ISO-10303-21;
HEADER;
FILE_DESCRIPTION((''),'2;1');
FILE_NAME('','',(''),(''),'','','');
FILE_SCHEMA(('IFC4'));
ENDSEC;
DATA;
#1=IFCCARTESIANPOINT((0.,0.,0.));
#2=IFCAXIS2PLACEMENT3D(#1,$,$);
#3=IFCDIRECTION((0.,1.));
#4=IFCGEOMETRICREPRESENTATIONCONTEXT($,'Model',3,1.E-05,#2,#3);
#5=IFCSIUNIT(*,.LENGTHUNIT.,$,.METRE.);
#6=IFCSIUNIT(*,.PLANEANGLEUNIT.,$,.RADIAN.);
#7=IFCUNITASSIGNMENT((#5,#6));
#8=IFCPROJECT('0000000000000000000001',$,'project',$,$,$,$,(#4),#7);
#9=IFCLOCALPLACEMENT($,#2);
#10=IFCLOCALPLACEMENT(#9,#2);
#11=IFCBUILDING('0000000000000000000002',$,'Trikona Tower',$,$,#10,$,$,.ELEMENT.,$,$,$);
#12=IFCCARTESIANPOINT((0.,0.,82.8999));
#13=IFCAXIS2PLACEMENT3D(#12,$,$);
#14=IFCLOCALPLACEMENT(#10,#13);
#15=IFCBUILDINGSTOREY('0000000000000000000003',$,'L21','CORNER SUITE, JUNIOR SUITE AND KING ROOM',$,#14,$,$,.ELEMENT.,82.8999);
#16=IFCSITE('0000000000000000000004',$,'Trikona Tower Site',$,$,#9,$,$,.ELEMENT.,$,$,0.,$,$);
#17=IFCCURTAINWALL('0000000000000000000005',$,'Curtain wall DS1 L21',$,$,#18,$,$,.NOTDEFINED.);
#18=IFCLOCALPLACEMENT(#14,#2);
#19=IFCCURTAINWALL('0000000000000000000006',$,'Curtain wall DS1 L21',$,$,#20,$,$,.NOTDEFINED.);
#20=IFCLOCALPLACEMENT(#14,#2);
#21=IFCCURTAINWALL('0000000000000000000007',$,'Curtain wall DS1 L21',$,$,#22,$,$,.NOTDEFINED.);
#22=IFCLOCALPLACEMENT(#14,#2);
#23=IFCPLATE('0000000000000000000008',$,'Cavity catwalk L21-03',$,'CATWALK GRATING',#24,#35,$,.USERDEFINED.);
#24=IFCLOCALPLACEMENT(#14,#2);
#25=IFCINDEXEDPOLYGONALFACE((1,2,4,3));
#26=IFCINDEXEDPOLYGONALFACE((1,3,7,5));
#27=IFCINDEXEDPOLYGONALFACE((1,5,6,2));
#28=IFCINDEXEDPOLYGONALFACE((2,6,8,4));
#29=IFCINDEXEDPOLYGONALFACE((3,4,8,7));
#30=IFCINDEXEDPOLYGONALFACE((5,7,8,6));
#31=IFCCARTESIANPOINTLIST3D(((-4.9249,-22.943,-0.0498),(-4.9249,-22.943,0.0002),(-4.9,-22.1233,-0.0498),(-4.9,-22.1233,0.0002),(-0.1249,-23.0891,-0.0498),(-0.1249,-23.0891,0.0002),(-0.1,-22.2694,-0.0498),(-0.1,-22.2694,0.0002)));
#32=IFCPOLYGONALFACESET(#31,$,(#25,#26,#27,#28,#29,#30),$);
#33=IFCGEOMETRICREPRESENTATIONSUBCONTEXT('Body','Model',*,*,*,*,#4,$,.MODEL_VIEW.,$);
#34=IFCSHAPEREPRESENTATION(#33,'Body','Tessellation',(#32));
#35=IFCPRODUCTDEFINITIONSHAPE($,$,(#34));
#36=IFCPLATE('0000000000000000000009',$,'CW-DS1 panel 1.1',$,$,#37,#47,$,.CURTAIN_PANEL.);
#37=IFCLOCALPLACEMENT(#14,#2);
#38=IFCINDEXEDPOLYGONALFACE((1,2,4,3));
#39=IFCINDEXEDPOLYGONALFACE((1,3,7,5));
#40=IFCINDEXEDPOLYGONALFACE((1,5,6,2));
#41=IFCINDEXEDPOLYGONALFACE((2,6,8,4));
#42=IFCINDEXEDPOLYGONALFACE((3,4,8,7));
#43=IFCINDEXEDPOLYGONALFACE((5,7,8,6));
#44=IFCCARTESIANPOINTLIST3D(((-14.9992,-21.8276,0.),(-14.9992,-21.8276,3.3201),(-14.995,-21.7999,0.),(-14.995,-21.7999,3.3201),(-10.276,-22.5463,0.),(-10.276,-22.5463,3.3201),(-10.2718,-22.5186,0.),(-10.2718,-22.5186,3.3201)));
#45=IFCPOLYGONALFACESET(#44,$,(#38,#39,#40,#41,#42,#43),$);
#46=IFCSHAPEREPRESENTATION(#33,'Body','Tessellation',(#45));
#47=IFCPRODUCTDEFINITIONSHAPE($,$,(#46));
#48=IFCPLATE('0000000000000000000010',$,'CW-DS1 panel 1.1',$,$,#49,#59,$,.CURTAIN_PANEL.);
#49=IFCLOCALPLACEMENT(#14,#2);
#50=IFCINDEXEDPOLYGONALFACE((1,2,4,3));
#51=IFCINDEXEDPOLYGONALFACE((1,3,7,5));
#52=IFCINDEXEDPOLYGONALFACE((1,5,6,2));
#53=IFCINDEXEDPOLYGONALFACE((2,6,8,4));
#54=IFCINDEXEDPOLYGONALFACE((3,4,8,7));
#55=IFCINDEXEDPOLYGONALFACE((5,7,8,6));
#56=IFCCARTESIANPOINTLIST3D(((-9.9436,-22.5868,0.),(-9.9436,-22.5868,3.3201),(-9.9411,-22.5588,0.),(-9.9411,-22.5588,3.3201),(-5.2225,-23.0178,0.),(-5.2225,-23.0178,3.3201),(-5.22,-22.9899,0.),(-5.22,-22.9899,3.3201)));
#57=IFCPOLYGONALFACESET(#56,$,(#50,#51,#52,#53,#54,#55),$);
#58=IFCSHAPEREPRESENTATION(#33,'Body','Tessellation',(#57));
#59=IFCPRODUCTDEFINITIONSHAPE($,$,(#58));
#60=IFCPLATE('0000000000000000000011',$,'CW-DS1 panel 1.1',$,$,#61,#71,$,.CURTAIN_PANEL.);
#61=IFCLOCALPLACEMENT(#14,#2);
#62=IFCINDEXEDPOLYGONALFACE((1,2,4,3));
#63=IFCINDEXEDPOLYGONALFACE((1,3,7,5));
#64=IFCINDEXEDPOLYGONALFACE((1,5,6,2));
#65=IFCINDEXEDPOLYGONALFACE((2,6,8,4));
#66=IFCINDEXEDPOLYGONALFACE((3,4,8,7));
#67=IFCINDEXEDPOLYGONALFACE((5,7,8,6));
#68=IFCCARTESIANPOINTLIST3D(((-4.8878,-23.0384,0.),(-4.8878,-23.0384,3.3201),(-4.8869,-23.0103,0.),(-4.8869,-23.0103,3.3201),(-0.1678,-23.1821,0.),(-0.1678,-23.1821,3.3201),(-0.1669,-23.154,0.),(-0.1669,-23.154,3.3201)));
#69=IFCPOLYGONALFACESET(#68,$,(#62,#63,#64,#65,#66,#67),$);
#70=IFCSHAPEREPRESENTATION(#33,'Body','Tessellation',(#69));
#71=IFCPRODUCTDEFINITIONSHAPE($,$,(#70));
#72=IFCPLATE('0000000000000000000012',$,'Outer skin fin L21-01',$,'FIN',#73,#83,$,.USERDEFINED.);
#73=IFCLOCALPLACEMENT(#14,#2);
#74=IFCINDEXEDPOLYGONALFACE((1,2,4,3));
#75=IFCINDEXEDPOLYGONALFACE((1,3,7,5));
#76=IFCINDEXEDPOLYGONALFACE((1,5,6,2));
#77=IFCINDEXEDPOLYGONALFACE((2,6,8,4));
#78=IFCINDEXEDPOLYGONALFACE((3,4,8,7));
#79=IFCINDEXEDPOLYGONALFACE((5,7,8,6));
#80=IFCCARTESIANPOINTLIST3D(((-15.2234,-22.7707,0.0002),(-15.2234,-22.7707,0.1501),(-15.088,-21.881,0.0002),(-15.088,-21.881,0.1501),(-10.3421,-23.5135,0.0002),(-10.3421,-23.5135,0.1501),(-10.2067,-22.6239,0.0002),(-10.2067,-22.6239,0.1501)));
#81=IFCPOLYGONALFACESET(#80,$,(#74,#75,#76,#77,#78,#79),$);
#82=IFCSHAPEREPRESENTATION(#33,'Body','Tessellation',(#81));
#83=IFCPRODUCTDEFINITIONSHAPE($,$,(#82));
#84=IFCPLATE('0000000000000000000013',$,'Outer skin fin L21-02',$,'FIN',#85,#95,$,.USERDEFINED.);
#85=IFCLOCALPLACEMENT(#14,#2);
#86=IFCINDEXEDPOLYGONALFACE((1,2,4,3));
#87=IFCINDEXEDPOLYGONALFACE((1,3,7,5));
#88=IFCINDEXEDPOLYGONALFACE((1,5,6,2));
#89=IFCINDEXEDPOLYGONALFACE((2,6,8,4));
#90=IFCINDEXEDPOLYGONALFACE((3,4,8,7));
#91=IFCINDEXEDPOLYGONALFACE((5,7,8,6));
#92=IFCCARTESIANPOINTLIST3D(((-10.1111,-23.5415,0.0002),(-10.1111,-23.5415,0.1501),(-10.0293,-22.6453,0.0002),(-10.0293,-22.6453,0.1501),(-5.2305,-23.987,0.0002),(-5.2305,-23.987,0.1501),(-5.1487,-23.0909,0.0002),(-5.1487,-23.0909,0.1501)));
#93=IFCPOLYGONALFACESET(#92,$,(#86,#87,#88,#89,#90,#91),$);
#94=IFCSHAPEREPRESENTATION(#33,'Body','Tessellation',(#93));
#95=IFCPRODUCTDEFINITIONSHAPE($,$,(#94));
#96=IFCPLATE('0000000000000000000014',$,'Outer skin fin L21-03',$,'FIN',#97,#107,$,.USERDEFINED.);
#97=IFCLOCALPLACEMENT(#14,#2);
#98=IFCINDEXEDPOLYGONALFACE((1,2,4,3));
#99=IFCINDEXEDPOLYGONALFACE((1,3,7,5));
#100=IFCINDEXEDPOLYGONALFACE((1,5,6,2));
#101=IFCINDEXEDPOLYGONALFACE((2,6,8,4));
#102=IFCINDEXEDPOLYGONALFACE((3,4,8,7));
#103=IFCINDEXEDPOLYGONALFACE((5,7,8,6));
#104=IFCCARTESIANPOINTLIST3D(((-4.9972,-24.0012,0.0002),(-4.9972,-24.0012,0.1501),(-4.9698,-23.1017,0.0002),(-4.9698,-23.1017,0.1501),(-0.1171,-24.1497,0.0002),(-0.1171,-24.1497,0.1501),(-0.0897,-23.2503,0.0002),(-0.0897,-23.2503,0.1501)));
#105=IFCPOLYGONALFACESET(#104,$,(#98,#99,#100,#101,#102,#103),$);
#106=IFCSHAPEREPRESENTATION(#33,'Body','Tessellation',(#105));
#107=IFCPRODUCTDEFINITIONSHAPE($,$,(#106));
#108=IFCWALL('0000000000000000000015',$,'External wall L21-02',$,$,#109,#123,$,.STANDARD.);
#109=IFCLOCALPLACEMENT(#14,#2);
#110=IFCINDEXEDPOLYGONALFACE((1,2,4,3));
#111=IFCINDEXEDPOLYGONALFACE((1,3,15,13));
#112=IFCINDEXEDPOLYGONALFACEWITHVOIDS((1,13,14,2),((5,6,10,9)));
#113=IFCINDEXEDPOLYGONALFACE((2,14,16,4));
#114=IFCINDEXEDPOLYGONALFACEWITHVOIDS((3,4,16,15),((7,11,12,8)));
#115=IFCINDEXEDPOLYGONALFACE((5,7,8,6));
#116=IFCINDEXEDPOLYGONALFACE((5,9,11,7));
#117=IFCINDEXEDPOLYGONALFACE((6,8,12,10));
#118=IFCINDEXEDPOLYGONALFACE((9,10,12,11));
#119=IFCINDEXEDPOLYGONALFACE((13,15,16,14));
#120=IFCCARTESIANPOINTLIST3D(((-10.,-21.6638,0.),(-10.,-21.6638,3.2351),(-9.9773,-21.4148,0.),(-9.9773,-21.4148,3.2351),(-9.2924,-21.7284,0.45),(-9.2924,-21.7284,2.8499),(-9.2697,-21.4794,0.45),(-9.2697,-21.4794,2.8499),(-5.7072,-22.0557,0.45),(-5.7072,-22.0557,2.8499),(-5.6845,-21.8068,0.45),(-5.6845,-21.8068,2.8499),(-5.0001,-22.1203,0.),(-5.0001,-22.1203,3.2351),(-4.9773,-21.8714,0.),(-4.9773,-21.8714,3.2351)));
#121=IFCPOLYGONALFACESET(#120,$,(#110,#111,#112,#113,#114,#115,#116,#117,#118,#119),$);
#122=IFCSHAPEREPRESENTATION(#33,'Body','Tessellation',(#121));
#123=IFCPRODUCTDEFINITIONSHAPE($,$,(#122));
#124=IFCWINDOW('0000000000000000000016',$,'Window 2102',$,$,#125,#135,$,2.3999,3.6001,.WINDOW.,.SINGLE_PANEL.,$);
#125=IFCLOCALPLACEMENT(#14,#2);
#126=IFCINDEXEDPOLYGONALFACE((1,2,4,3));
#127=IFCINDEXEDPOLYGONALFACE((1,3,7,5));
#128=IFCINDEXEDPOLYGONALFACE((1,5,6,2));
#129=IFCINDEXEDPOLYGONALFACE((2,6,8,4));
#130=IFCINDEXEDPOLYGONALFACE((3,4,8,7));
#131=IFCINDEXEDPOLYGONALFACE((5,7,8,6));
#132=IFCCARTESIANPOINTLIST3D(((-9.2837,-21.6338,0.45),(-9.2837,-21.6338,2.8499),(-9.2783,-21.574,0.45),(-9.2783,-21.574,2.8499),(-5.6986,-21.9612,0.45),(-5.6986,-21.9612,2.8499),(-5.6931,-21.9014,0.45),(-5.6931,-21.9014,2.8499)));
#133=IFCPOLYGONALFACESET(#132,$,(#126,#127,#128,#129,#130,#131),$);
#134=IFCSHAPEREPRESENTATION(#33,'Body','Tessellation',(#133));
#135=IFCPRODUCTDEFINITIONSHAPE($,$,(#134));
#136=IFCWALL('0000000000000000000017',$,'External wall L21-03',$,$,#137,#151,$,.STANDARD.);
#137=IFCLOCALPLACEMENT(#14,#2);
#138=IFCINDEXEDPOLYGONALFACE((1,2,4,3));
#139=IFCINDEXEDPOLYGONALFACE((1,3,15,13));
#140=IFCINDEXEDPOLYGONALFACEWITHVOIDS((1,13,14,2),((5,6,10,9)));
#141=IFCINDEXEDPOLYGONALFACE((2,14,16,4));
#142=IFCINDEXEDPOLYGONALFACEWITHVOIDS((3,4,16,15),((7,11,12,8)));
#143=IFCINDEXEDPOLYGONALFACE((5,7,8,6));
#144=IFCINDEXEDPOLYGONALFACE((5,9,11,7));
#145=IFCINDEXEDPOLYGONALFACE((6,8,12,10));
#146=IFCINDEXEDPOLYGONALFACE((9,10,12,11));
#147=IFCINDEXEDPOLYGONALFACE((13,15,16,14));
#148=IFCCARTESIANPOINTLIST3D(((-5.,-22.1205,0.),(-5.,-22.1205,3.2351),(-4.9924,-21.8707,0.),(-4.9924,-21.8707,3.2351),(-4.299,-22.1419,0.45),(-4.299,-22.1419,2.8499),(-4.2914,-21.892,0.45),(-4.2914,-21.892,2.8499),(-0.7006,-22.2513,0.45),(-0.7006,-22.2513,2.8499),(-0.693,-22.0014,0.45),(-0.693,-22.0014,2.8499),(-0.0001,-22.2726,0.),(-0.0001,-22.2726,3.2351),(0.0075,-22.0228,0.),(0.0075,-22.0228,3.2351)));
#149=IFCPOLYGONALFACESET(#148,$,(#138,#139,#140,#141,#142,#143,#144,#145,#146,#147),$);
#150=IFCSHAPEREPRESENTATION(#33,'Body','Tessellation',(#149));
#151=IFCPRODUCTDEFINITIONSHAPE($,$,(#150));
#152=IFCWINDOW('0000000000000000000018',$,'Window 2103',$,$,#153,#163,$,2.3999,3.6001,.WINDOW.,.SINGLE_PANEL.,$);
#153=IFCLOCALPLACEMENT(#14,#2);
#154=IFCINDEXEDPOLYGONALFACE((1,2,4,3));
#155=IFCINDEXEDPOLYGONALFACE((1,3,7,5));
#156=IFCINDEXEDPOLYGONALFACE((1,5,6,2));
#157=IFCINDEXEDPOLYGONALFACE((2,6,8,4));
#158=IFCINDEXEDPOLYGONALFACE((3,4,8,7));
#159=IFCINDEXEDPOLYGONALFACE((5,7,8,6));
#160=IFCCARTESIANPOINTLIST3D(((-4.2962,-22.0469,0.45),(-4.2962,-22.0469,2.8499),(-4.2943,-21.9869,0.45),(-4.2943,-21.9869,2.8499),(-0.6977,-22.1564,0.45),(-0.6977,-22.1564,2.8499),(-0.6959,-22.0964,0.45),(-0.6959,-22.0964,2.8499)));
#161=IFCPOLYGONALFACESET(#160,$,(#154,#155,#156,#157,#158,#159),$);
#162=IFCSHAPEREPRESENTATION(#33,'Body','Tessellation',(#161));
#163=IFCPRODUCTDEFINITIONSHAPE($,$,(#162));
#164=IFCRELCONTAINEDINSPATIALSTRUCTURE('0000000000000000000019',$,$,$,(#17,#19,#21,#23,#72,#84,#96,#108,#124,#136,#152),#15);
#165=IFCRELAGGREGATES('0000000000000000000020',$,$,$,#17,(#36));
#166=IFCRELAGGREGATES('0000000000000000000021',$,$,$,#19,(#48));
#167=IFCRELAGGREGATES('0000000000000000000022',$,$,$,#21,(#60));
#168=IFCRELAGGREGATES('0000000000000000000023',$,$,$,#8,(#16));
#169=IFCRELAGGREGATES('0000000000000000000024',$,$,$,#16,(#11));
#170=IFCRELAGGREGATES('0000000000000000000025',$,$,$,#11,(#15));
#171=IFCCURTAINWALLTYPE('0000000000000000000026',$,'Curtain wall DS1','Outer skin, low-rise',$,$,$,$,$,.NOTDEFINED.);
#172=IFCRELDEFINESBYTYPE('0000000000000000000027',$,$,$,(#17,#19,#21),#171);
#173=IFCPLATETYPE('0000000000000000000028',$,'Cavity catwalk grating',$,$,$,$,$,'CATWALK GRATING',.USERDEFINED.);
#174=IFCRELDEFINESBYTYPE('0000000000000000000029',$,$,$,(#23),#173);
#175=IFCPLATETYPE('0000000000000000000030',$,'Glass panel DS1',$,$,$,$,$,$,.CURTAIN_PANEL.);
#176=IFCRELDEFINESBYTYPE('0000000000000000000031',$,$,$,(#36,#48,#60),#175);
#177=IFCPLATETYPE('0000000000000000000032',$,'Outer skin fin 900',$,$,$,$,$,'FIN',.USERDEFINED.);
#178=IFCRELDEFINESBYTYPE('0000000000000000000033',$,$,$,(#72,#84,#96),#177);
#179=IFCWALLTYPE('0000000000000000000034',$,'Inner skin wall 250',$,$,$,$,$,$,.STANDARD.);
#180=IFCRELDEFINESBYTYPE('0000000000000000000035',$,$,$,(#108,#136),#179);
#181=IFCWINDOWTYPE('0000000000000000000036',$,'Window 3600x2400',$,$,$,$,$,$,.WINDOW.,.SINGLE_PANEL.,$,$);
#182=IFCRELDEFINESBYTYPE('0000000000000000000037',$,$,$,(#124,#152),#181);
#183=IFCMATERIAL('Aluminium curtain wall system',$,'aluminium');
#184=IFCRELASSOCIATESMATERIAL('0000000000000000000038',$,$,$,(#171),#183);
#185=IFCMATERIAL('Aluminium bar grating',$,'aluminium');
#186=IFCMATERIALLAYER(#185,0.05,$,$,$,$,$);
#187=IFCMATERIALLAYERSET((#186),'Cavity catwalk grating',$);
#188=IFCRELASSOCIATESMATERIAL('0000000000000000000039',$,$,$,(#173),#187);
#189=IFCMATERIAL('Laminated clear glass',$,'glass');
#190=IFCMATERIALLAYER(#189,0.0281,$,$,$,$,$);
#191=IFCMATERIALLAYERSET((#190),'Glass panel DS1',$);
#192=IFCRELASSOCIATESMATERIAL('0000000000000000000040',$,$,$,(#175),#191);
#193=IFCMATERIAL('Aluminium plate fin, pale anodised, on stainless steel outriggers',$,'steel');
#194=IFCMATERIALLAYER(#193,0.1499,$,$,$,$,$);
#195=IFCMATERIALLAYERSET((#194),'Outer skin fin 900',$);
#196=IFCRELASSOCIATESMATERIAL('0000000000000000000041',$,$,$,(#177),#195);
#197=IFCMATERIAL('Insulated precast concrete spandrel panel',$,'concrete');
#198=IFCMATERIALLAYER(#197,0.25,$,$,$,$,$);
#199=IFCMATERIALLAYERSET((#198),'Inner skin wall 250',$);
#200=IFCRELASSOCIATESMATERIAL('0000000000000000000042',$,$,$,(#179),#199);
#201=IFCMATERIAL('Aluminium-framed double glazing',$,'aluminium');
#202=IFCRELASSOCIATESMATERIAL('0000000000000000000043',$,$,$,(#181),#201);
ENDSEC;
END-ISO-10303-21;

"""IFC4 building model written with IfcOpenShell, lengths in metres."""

from ifc_helpers import new_model, si_unit, direction, frame, frame_2d, origin, origin_2d, place, context, subcontext, project, spatial, rectangle, extrude, material, layer, layer_set, type_object, element, fill, aggregate, save


model = new_model("IFC4")

# Units and contexts
model_context = context("Model", 3, precision=1e-05, world=origin(), true_north=direction((0.0, 1.0)))
body_context = subcontext(model_context, "Body", "Model", "MODEL_VIEW")
ifc_project = project(units=[si_unit("LENGTHUNIT", "METRE"), si_unit("PLANEANGLEUNIT", "RADIAN")], contexts=[model_context])

# Site, building, storey
site_placement = place(None, origin())
site = spatial("IfcSite", under=ifc_project, at=site_placement, Name="Trikona Tower Site", CompositionType="ELEMENT", RefElevation=0.0)
building_placement = place(site_placement, origin())
building = spatial("IfcBuilding", under=site, at=building_placement, Name="Trikona Tower", CompositionType="ELEMENT")
storey_placement = place(building_placement, frame((0.0, 0.0, 82.8999)))
storey = spatial("IfcBuildingStorey", under=building, at=storey_placement, Name="L21", Description="CORNER SUITE, JUNIOR SUITE AND KING ROOM", CompositionType="ELEMENT", Elevation=82.8999)

# Curtain wall
ifc_material_1 = material(Name="Aluminium curtain wall system", Category="aluminium")
curtain_wall_type = type_object("IfcCurtainWallType", Name="Curtain wall DS1", Description="Outer skin, low-rise", PredefinedType="NOTDEFINED", material=ifc_material_1)
curtain_wall_1_placement = place(storey_placement, origin())
curtain_wall_1 = element("IfcCurtainWall", 1, at=curtain_wall_1_placement, inside=storey, type_object=curtain_wall_type, Name="Curtain wall DS1 L21", PredefinedType="NOTDEFINED")

# Curtain walls
curtain_wall_2_placement = place(storey_placement, origin())
curtain_wall_2 = element("IfcCurtainWall", 2, at=curtain_wall_2_placement, inside=storey, type_object=curtain_wall_type, Name="Curtain wall DS1 L21", PredefinedType="NOTDEFINED")
curtain_wall_3_placement = place(storey_placement, origin())
curtain_wall_3 = element("IfcCurtainWall", 3, at=curtain_wall_3_placement, inside=storey, type_object=curtain_wall_type, Name="Curtain wall DS1 L21", PredefinedType="NOTDEFINED")

# Plate
ifc_material_2 = material(Name="Aluminium bar grating", Category="aluminium")
ifc_layer_1 = layer(ifc_material_2, 0.05)
ifc_layer_set_1 = layer_set([ifc_layer_1], Name="Cavity catwalk grating")
plate_type_1 = type_object("IfcPlateType", Name="Cavity catwalk grating", ElementType="CATWALK GRATING", PredefinedType="USERDEFINED", material=ifc_layer_set_1)
plate_1_placement = place(storey_placement, frame((-2.5125, -22.6062, -0.0498), z_axis=(0.0, 0.0, 1.0), x_axis=(0.999537, -0.030425, 0.0)))
element("IfcPlate", 4, at=plate_1_placement, inside=storey, type_object=plate_type_1, Name="Cavity catwalk L21-03", ObjectType="CATWALK GRATING", PredefinedType="USERDEFINED", context=body_context, shape_type="SweptSolid", body=[
    extrude(rectangle(XDim=4.8022, YDim=0.8201, at=origin_2d()), origin(), (0.0, 0.0, 1.0), 0.05),
])

# Plates
ifc_material_3 = material(Name="Laminated clear glass", Category="glass")
ifc_layer_2 = layer(ifc_material_3, 0.0281)
ifc_layer_set_2 = layer_set([ifc_layer_2], Name="Glass panel DS1")
plate_type_2 = type_object("IfcPlateType", Name="Glass panel DS1", PredefinedType="CURTAIN_PANEL", material=ifc_layer_set_2)
plate_2_placement = place(storey_placement, frame((-12.6355, -22.1731, 0.0), z_axis=(0.0, 0.0, 1.0), x_axis=(0.988619, -0.150438, 0.0)))
plate_2 = element("IfcPlate", 5, at=plate_2_placement, type_object=plate_type_2, Name="CW-DS1 panel 1.1", PredefinedType="CURTAIN_PANEL", context=body_context, shape_type="SweptSolid", body=[
    extrude(rectangle(XDim=4.7776, YDim=0.0281, at=origin_2d()), origin(), (0.0, 0.0, 1.0), 3.3201),
])
aggregate(curtain_wall_1, [plate_2])
plate_3_placement = place(storey_placement, frame((-7.5818, -22.7883, 0.0), z_axis=(0.0, 0.0, 1.0), x_axis=(0.995858, -0.090924, 0.0)))
plate_3 = element("IfcPlate", 6, at=plate_3_placement, type_object=plate_type_2, Name="CW-DS1 panel 1.1", PredefinedType="CURTAIN_PANEL", context=body_context, shape_type="SweptSolid", body=[
    extrude(rectangle(XDim=4.7407, YDim=0.0281, at=origin_2d()), origin(), (0.0, 0.0, 1.0), 3.3201),
])
aggregate(curtain_wall_2, [plate_3])
plate_4_placement = place(storey_placement, frame((-2.5273, -23.0962, 0.0), z_axis=(0.0, 0.0, 1.0), x_axis=(0.999537, -0.030437, 0.0)))
plate_4 = element("IfcPlate", 7, at=plate_4_placement, type_object=plate_type_2, Name="CW-DS1 panel 1.1", PredefinedType="CURTAIN_PANEL", context=body_context, shape_type="SweptSolid", body=[
    extrude(rectangle(XDim=4.7222, YDim=0.0281, at=origin_2d()), origin(), (0.0, 0.0, 1.0), 3.3201),
])
aggregate(curtain_wall_3, [plate_4])

# Plates
ifc_material_4 = material(Name="Aluminium plate fin, pale anodised, on stainless steel outriggers", Category="steel")
ifc_layer_3 = layer(ifc_material_4, 0.1499)
ifc_layer_set_3 = layer_set([ifc_layer_3], Name="Outer skin fin 900")
plate_type_3 = type_object("IfcPlateType", Name="Outer skin fin 900", ElementType="FIN", PredefinedType="USERDEFINED", material=ifc_layer_set_3)
plate_5_placement = place(storey_placement, frame((-12.7151, -22.6973, 0.0002), z_axis=(0.0, 0.0, 1.0), x_axis=(0.988618, -0.150448, 0.0)))
element("IfcPlate", 8, at=plate_5_placement, inside=storey, type_object=plate_type_3, Name="Outer skin fin L21-01", ObjectType="FIN", PredefinedType="USERDEFINED", context=body_context, shape_type="SweptSolid", body=[
    extrude(rectangle(XDim=4.9375, YDim=0.8999, at=origin_2d()), origin(), (0.0, 0.0, 1.0), 0.1499),
])
plate_6_placement = place(storey_placement, frame((-7.6299, -23.3162, 0.0002), z_axis=(0.0, 0.0, 1.0), x_axis=(0.995858, -0.090921, 0.0)))
element("IfcPlate", 9, at=plate_6_placement, inside=storey, type_object=plate_type_3, Name="Outer skin fin L21-02", ObjectType="FIN", PredefinedType="USERDEFINED", context=body_context, shape_type="SweptSolid", body=[
    extrude(rectangle(XDim=4.9009, YDim=0.8999, at=origin_2d()), origin(), (0.0, 0.0, 1.0), 0.1499),
])
plate_7_placement = place(storey_placement, frame((-2.5435, -23.6257, 0.0002), z_axis=(0.0, 0.0, 1.0), x_axis=(0.999537, -0.030425, 0.0)))
element("IfcPlate", 10, at=plate_7_placement, inside=storey, type_object=plate_type_3, Name="Outer skin fin L21-03", ObjectType="FIN", PredefinedType="USERDEFINED", context=body_context, shape_type="SweptSolid", body=[
    extrude(rectangle(XDim=4.8823, YDim=0.8999, at=origin_2d()), origin(), (0.0, 0.0, 1.0), 0.1499),
])

# Walls, openings, windows
ifc_material_5 = material(Name="Insulated precast concrete spandrel panel", Category="concrete")
ifc_layer_4 = layer(ifc_material_5, 0.25)
ifc_layer_set_4 = layer_set([ifc_layer_4], Name="Inner skin wall 250")
wall_type = type_object("IfcWallType", Name="Inner skin wall 250", PredefinedType="STANDARD", material=ifc_layer_set_4)
wall_1_placement = place(storey_placement, frame((-9.9885, -21.5393, 0.0), z_axis=(0.0, 0.0, 1.0), x_axis=(0.995857, -0.09093, 0.0)))
wall_1 = element("IfcWall", 11, at=wall_1_placement, inside=storey, type_object=wall_type, Name="External wall L21-02", PredefinedType="STANDARD", context=body_context, shape_type="SweptSolid", body=[
    extrude(rectangle(XDim=5.0208, YDim=0.25, at=frame_2d((2.5103, 0.0))), origin(), (0.0, 0.0, 1.0), 3.2351),
])
opening_1_placement = place(wall_1_placement, frame((0.7104, 0.0, 0.45)))
opening_1 = element("IfcOpeningElement", 12, at=opening_1_placement, cuts=wall_1, PredefinedType="OPENING", context=body_context, shape_type="SweptSolid", body=[
    extrude(rectangle(XDim=3.6001, YDim=2.3999, at=frame_2d((1.8, 1.2))), frame((0.0, 0.135, 0.0), z_axis=(0.0, -1.0, 0.0), x_axis=(1.0, 0.0, 0.0)), (0.0, 0.0, 1.0), 0.27),
])
ifc_material_6 = material(Name="Aluminium-framed double glazing", Category="aluminium")
window_type = type_object("IfcWindowType", Name="Window 3600x2400", PartitioningType="SINGLE_PANEL", PredefinedType="WINDOW", material=ifc_material_6)
window_1_placement = place(opening_1_placement, origin())
window_1 = element("IfcWindow", 13, at=window_1_placement, inside=storey, type_object=window_type, Name="Window 2102", OverallHeight=2.3999, OverallWidth=3.6001, PartitioningType="SINGLE_PANEL", PredefinedType="WINDOW", context=body_context, shape_type="SweptSolid", body=[
    extrude(rectangle(XDim=3.6001, YDim=2.3999, at=frame_2d((1.8, 1.2))), frame((0.0, 0.03, 0.0), z_axis=(0.0, -1.0, 0.0), x_axis=(1.0, 0.0, 0.0)), (0.0, 0.0, 1.0), 0.0601),
])
fill(opening_1, window_1)
wall_2_placement = place(storey_placement, frame((-4.9961, -21.9956, 0.0), z_axis=(0.0, 0.0, 1.0), x_axis=(0.999538, -0.030406, 0.0)))
wall_2 = element("IfcWall", 14, at=wall_2_placement, inside=storey, type_object=wall_type, Name="External wall L21-03", PredefinedType="STANDARD", context=body_context, shape_type="SweptSolid", body=[
    extrude(rectangle(XDim=5.0022, YDim=0.25, at=frame_2d((2.501, 0.0))), origin(), (0.0, 0.0, 1.0), 3.2351),
])
opening_2_placement = place(wall_2_placement, frame((0.7012, 0.0, 0.45)))
opening_2 = element("IfcOpeningElement", 15, at=opening_2_placement, cuts=wall_2, PredefinedType="OPENING", context=body_context, shape_type="SweptSolid", body=[
    extrude(rectangle(XDim=3.6001, YDim=2.3999, at=frame_2d((1.8, 1.2))), frame((0.0, 0.135, 0.0), z_axis=(0.0, -1.0, 0.0), x_axis=(1.0, 0.0, 0.0)), (0.0, 0.0, 1.0), 0.27),
])
window_2_placement = place(opening_2_placement, origin())
window_2 = element("IfcWindow", 16, at=window_2_placement, inside=storey, type_object=window_type, Name="Window 2103", OverallHeight=2.3999, OverallWidth=3.6001, PartitioningType="SINGLE_PANEL", PredefinedType="WINDOW", context=body_context, shape_type="SweptSolid", body=[
    extrude(rectangle(XDim=3.6001, YDim=2.3999, at=frame_2d((1.8, 1.2))), frame((0.0, 0.03, 0.0), z_axis=(0.0, -1.0, 0.0), x_axis=(1.0, 0.0, 0.0)), (0.0, 0.0, 1.0), 0.0601),
])
fill(opening_2, window_2)

save(model, "model.ifc")
